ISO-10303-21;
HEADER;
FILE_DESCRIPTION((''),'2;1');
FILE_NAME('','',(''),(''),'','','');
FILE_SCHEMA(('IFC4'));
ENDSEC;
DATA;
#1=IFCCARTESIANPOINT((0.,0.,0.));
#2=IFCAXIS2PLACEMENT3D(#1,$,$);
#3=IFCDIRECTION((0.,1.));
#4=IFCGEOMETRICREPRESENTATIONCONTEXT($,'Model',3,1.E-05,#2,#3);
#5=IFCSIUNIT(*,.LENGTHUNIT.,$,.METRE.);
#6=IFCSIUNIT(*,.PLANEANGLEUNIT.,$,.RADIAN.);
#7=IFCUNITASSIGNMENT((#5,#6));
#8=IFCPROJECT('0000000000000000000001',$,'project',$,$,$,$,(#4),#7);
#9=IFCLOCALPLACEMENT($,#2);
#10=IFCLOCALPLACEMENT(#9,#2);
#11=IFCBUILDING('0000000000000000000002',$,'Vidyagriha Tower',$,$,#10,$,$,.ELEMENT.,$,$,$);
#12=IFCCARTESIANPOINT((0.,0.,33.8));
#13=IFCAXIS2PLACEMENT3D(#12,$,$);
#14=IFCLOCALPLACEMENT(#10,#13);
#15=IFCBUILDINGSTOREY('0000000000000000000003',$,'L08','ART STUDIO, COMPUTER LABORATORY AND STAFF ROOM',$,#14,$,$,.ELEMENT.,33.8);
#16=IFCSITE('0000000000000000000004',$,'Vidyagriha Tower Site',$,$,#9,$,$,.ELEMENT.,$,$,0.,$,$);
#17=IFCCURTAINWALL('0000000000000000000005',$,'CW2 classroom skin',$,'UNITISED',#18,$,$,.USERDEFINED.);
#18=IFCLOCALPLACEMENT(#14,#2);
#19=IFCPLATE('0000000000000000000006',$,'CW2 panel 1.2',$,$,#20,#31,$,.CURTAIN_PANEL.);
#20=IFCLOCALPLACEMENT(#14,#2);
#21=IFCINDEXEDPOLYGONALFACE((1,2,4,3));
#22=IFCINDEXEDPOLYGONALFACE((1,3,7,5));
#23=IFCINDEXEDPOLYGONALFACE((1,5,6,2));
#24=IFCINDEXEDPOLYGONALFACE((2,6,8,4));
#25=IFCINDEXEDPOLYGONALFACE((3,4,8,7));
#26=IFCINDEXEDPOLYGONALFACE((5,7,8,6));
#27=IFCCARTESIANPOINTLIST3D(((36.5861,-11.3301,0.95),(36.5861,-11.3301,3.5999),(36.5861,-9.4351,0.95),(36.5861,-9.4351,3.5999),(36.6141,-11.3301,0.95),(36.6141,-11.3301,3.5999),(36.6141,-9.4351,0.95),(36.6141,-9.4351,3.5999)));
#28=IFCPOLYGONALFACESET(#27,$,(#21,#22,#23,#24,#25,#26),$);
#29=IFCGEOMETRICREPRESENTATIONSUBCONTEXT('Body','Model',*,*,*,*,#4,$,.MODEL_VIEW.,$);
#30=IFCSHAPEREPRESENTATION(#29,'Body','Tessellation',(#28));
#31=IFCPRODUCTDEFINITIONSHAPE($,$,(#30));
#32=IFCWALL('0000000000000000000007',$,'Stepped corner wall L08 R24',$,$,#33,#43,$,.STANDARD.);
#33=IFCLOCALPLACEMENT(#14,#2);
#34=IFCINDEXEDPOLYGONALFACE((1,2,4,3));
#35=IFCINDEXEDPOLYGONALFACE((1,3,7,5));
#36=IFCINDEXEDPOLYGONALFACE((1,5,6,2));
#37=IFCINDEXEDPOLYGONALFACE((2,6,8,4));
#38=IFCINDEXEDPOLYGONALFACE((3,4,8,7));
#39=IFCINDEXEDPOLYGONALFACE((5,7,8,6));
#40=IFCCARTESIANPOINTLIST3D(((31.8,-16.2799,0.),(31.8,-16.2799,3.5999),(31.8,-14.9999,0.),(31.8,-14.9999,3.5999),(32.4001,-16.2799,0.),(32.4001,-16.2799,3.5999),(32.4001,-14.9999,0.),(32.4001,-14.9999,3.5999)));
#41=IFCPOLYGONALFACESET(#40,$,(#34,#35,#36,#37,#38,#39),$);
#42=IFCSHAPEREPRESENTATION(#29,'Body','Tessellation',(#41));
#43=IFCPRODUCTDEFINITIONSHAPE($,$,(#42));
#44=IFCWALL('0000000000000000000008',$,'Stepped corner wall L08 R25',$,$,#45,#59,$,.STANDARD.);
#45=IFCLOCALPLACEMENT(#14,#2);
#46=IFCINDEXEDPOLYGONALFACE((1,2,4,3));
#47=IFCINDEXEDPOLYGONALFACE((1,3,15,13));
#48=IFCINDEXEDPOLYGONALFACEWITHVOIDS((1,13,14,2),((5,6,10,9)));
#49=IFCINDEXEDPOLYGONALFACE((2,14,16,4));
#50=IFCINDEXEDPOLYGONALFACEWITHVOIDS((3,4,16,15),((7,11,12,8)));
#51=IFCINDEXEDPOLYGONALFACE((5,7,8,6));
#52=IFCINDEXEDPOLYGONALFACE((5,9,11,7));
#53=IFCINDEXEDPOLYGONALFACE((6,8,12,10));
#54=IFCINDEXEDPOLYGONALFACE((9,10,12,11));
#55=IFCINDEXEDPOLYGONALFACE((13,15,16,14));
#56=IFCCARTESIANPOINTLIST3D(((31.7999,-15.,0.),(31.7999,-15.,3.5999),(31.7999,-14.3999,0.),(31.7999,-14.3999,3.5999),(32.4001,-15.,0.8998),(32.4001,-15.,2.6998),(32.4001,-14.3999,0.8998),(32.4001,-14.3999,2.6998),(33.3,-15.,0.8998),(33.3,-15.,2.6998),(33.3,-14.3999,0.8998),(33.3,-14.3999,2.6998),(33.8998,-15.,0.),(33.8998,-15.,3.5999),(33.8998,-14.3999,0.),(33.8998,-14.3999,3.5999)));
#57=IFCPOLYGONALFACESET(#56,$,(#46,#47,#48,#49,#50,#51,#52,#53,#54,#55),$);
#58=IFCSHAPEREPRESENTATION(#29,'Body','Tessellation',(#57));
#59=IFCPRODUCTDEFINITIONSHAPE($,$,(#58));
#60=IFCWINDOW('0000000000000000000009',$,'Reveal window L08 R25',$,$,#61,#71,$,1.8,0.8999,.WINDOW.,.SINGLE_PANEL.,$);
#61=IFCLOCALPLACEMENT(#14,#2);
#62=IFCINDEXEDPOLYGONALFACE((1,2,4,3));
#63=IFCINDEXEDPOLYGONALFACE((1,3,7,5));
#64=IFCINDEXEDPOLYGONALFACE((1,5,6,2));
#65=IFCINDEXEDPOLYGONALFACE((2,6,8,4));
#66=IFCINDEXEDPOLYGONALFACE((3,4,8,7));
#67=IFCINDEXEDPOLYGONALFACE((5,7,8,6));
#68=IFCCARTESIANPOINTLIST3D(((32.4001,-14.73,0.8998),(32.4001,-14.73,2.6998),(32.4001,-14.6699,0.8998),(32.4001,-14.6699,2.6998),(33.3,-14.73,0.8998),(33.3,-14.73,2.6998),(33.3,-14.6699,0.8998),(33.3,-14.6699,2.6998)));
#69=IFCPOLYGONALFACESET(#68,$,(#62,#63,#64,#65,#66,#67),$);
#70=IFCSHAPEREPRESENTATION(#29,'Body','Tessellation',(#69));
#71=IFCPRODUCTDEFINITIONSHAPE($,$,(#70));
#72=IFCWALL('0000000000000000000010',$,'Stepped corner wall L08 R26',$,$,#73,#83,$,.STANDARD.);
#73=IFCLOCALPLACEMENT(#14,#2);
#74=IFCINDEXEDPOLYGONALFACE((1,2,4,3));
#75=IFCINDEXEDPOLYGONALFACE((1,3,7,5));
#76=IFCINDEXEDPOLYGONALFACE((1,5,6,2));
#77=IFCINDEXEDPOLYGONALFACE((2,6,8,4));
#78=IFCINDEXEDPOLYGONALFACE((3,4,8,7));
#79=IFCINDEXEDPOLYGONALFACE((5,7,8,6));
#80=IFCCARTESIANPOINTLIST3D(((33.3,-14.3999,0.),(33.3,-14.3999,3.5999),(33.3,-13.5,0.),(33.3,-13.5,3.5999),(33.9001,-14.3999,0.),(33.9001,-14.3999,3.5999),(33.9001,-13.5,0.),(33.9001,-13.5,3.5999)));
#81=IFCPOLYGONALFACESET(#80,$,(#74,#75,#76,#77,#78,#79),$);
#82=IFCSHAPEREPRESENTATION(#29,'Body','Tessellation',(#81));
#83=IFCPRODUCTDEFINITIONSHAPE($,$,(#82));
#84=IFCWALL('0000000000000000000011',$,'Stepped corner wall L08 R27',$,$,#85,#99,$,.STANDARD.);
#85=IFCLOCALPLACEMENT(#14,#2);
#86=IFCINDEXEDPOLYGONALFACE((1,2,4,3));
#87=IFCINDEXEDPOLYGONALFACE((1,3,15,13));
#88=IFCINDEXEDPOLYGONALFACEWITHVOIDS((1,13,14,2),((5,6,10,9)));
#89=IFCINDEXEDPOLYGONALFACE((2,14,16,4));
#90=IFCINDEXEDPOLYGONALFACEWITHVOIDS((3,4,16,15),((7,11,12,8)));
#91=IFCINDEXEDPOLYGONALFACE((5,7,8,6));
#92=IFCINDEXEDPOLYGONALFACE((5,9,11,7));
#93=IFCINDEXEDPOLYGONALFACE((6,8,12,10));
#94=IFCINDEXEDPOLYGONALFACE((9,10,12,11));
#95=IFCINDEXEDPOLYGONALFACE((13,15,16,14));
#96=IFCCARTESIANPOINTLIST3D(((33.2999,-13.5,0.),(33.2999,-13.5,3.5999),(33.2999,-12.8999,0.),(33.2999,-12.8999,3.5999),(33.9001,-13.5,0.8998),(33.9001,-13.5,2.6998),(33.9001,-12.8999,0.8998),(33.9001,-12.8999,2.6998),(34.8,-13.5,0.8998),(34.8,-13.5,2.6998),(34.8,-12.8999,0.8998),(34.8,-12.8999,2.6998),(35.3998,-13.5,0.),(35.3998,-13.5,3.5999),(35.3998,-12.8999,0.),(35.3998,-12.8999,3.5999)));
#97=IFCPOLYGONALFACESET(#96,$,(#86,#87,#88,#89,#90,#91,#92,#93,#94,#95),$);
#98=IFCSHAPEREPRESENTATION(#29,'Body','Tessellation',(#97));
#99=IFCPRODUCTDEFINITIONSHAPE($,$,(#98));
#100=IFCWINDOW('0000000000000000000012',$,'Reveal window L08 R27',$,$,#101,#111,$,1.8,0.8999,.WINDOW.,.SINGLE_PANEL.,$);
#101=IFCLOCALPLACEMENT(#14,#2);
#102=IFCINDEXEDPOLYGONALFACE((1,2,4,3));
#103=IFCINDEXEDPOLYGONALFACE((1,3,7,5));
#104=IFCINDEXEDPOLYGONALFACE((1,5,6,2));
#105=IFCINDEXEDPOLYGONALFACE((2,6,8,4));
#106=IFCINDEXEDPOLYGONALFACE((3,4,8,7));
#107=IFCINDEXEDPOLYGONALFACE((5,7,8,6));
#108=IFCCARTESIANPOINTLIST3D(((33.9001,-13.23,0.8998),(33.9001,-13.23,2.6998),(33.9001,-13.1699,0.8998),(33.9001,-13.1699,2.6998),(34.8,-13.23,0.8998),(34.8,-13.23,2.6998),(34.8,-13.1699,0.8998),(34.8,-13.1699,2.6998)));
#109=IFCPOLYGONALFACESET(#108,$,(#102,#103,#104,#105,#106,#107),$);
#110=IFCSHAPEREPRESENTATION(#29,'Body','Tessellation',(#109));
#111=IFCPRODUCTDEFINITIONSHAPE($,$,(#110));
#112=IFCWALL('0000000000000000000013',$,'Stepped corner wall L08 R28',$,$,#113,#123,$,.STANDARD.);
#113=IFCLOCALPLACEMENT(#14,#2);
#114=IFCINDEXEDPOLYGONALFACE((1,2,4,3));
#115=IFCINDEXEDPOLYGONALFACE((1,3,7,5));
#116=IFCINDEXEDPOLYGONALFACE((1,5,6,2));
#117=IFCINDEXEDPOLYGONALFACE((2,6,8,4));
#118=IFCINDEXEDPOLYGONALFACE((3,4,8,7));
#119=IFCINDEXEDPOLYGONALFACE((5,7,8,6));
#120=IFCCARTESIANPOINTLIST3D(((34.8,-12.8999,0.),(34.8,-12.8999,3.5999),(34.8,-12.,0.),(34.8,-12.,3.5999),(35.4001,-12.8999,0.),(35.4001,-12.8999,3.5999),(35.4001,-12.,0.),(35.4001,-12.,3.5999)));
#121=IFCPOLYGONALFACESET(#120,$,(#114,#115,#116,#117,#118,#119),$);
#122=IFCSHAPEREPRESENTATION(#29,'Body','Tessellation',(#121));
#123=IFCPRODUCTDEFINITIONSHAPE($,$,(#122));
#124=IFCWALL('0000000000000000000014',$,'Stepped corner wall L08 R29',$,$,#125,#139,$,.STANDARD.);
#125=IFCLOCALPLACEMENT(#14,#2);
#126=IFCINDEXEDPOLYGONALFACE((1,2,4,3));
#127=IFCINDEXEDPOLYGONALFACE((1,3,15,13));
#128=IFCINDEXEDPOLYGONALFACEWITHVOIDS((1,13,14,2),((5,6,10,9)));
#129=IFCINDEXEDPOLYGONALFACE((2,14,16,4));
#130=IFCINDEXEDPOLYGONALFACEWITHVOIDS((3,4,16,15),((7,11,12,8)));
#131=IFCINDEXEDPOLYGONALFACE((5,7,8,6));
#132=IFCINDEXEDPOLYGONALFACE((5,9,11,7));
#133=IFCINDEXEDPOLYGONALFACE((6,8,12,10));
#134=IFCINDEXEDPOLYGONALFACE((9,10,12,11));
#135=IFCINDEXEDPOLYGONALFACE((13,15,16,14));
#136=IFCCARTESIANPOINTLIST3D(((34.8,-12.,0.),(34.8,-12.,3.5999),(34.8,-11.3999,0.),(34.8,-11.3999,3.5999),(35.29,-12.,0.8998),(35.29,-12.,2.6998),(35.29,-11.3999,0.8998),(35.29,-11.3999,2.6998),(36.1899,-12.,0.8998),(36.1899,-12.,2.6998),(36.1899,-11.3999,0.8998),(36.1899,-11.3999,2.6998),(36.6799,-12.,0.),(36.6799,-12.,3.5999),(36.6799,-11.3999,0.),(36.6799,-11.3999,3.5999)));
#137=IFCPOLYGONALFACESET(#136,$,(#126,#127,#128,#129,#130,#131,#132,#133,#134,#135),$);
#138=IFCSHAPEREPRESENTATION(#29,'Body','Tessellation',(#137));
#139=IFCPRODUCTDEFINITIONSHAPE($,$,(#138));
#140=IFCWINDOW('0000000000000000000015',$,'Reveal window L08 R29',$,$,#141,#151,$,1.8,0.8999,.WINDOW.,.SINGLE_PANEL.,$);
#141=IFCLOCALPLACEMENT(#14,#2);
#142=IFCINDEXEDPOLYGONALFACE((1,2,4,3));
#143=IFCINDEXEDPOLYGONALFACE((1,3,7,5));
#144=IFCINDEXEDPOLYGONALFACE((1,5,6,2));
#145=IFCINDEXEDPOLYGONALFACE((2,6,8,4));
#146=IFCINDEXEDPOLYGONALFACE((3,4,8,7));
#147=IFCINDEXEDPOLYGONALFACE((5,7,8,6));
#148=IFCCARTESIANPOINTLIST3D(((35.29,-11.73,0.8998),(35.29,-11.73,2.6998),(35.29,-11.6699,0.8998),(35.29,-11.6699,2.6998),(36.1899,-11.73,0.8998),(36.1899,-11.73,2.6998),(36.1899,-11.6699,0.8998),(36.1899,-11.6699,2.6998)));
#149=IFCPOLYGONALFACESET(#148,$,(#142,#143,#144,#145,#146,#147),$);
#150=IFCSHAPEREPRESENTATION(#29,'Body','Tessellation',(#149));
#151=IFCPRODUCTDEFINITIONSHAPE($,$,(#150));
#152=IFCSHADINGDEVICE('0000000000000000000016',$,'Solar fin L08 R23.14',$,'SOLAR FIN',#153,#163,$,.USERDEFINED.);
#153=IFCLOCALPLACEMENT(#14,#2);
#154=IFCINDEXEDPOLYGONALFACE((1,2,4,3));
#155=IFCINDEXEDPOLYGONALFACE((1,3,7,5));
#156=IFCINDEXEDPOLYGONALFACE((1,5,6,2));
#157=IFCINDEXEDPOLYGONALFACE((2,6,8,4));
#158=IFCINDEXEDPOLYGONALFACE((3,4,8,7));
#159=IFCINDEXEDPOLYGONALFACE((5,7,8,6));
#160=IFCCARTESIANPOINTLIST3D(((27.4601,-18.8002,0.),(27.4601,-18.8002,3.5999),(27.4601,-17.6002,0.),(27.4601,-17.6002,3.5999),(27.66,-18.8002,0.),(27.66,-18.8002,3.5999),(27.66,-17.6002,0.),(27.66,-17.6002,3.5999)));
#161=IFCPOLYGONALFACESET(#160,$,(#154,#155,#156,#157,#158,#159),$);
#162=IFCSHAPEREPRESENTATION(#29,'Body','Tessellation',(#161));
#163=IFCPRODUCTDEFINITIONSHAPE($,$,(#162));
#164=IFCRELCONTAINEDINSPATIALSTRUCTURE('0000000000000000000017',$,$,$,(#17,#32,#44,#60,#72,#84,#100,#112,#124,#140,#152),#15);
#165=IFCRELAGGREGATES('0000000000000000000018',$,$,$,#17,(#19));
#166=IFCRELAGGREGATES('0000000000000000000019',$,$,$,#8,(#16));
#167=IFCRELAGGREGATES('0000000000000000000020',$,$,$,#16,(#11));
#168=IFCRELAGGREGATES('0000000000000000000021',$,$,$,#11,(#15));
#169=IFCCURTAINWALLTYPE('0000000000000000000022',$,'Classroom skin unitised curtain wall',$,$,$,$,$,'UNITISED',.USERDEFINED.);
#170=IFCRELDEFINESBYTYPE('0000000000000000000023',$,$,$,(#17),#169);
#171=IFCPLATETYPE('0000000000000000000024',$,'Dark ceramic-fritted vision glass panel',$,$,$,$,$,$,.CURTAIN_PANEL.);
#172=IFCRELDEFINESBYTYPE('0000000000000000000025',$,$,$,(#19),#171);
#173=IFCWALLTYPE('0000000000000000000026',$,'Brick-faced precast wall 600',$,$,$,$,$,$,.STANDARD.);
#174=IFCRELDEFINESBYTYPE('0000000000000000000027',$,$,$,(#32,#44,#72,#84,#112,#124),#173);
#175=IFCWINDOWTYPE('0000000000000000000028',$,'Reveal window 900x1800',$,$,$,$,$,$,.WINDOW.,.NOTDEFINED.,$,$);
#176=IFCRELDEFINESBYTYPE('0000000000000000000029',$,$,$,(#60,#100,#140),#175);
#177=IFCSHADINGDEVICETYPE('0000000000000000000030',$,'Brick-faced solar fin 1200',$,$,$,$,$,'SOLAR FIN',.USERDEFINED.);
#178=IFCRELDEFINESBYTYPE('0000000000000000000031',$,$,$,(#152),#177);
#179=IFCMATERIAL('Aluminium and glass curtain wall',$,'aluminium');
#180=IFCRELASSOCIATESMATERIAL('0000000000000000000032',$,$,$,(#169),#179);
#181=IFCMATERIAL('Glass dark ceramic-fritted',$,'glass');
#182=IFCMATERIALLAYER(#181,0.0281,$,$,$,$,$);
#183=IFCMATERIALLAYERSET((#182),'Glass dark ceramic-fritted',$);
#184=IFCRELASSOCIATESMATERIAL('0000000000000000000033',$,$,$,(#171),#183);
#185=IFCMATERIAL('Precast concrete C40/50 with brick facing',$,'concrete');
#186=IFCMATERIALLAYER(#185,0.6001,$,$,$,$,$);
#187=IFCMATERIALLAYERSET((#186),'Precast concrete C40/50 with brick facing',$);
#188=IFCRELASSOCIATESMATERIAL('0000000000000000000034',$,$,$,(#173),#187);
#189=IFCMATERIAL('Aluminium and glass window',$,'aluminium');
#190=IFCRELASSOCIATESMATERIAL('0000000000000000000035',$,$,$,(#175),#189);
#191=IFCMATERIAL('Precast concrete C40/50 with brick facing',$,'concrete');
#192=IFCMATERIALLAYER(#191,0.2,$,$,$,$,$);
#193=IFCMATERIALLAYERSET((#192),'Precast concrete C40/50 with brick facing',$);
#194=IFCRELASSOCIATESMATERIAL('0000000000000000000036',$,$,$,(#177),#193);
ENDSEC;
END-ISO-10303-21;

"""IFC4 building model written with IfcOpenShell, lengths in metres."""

from ifc_helpers import new_model, si_unit, direction, frame, frame_2d, origin, origin_2d, place, context, subcontext, project, spatial, rectangle, extrude, material, layer, layer_set, type_object, element, fill, aggregate, save


model = new_model("IFC4")

# Units and contexts
model_context = context("Model", 3, precision=1e-05, world=origin(), true_north=direction((0.0, 1.0)))
body_context = subcontext(model_context, "Body", "Model", "MODEL_VIEW")
ifc_project = project(units=[si_unit("LENGTHUNIT", "METRE"), si_unit("PLANEANGLEUNIT", "RADIAN")], contexts=[model_context])

# Site, building, storey
site_placement = place(None, origin())
site = spatial("IfcSite", under=ifc_project, at=site_placement, Name="Vidyagriha Tower Site", CompositionType="ELEMENT", RefElevation=0.0)
building_placement = place(site_placement, origin())
building = spatial("IfcBuilding", under=site, at=building_placement, Name="Vidyagriha Tower", CompositionType="ELEMENT")
storey_placement = place(building_placement, frame((0.0, 0.0, 33.8)))
storey = spatial("IfcBuildingStorey", under=building, at=storey_placement, Name="L08", Description="ART STUDIO, COMPUTER LABORATORY AND STAFF ROOM", CompositionType="ELEMENT", Elevation=33.8)

# Curtain wall
ifc_material_1 = material(Name="Aluminium and glass curtain wall", Category="aluminium")
curtain_wall_type = type_object("IfcCurtainWallType", Name="Classroom skin unitised curtain wall", ElementType="UNITISED", PredefinedType="USERDEFINED", material=ifc_material_1)
curtain_wall_1_placement = place(storey_placement, origin())
curtain_wall_1 = element("IfcCurtainWall", 1, at=curtain_wall_1_placement, inside=storey, type_object=curtain_wall_type, Name="CW2 classroom skin", ObjectType="UNITISED", PredefinedType="USERDEFINED")

# Plate
ifc_material_2 = material(Name="Glass dark ceramic-fritted", Category="glass")
ifc_layer_1 = layer(ifc_material_2, 0.0281)
ifc_layer_set_1 = layer_set([ifc_layer_1], Name="Glass dark ceramic-fritted")
plate_type_1 = type_object("IfcPlateType", Name="Dark ceramic-fritted vision glass panel", PredefinedType="CURTAIN_PANEL", material=ifc_layer_set_1)
plate_1_placement = place(storey_placement, frame((36.6001, -10.3826, 0.95), z_axis=(0.0, 0.0, 1.0), x_axis=(0.0, 1.0, 0.0)))
plate_1 = element("IfcPlate", 2, at=plate_1_placement, type_object=plate_type_1, Name="CW2 panel 1.2", PredefinedType="CURTAIN_PANEL", context=body_context, shape_type="SweptSolid", body=[
    extrude(rectangle(XDim=1.895, YDim=0.0281, at=origin_2d()), origin(), (0.0, 0.0, 1.0), 2.6499),
])
aggregate(curtain_wall_1, [plate_1])

# Wall
ifc_material_3 = material(Name="Precast concrete C40/50 with brick facing", Category="concrete")
ifc_layer_2 = layer(ifc_material_3, 0.6001)
ifc_layer_set_2 = layer_set([ifc_layer_2], Name="Precast concrete C40/50 with brick facing")
wall_type = type_object("IfcWallType", Name="Brick-faced precast wall 600", PredefinedType="STANDARD", material=ifc_layer_set_2)
wall_1_placement = place(storey_placement, frame((32.1001, -16.28, 0.0), z_axis=(0.0, 0.0, 1.0), x_axis=(0.0, 1.0, 0.0)))
element("IfcWall", 3, at=wall_1_placement, inside=storey, type_object=wall_type, Name="Stepped corner wall L08 R24", PredefinedType="STANDARD", context=body_context, shape_type="SweptSolid", body=[
    extrude(rectangle(XDim=1.28, YDim=0.6001, at=frame_2d((0.6401, 0.0))), origin(), (0.0, 0.0, 1.0), 3.5999),
])

# Wall, opening, window
wall_2_placement = place(storey_placement, frame((31.8, -14.7, 0.0)))
wall_2 = element("IfcWall", 4, at=wall_2_placement, inside=storey, type_object=wall_type, Name="Stepped corner wall L08 R25", PredefinedType="STANDARD", context=body_context, shape_type="SweptSolid", body=[
    extrude(rectangle(XDim=2.0999, YDim=0.6001, at=frame_2d((1.0498, 0.0))), origin(), (0.0, 0.0, 1.0), 3.5999),
])
opening_1_placement = place(wall_2_placement, frame((0.6001, 0.0, 0.8999)))
opening_1 = element("IfcOpeningElement", 5, at=opening_1_placement, cuts=wall_2, PredefinedType="OPENING", context=body_context, shape_type="SweptSolid", body=[
    extrude(rectangle(XDim=0.8999, YDim=1.8, at=frame_2d((0.45, 0.8999))), frame((0.0, 0.3101, 0.0), z_axis=(0.0, -1.0, 0.0), x_axis=(1.0, 0.0, 0.0)), (0.0, 0.0, 1.0), 0.6201),
])
ifc_material_4 = material(Name="Aluminium and glass window", Category="aluminium")
window_type = type_object("IfcWindowType", Name="Reveal window 900x1800", PartitioningType="NOTDEFINED", PredefinedType="WINDOW", material=ifc_material_4)
window_1_placement = place(opening_1_placement, origin())
window_1 = element("IfcWindow", 6, at=window_1_placement, inside=storey, type_object=window_type, Name="Reveal window L08 R25", OverallHeight=1.8, OverallWidth=0.8999, PartitioningType="SINGLE_PANEL", PredefinedType="WINDOW", context=body_context, shape_type="SweptSolid", body=[
    extrude(rectangle(XDim=0.8999, YDim=1.8, at=frame_2d((0.45, 0.8999))), frame((0.0, 0.03, 0.0), z_axis=(0.0, -1.0, 0.0), x_axis=(1.0, 0.0, 0.0)), (0.0, 0.0, 1.0), 0.0601),
])
fill(opening_1, window_1)

# Wall
wall_3_placement = place(storey_placement, frame((33.6001, -14.3999, 0.0), z_axis=(0.0, 0.0, 1.0), x_axis=(0.0, 1.0, 0.0)))
element("IfcWall", 7, at=wall_3_placement, inside=storey, type_object=wall_type, Name="Stepped corner wall L08 R26", PredefinedType="STANDARD", context=body_context, shape_type="SweptSolid", body=[
    extrude(rectangle(XDim=0.8999, YDim=0.6001, at=frame_2d((0.45, 0.0))), origin(), (0.0, 0.0, 1.0), 3.5999),
])

# Wall, opening, window
wall_4_placement = place(storey_placement, frame((33.3, -13.2, 0.0)))
wall_4 = element("IfcWall", 8, at=wall_4_placement, inside=storey, type_object=wall_type, Name="Stepped corner wall L08 R27", PredefinedType="STANDARD", context=body_context, shape_type="SweptSolid", body=[
    extrude(rectangle(XDim=2.0999, YDim=0.6001, at=frame_2d((1.0498, 0.0))), origin(), (0.0, 0.0, 1.0), 3.5999),
])
opening_2_placement = place(wall_4_placement, frame((0.6001, 0.0, 0.8999)))
opening_2 = element("IfcOpeningElement", 9, at=opening_2_placement, cuts=wall_4, PredefinedType="OPENING", context=body_context, shape_type="SweptSolid", body=[
    extrude(rectangle(XDim=0.8999, YDim=1.8, at=frame_2d((0.45, 0.8999))), frame((0.0, 0.3101, 0.0), z_axis=(0.0, -1.0, 0.0), x_axis=(1.0, 0.0, 0.0)), (0.0, 0.0, 1.0), 0.6201),
])
window_2_placement = place(opening_2_placement, origin())
window_2 = element("IfcWindow", 10, at=window_2_placement, inside=storey, type_object=window_type, Name="Reveal window L08 R27", OverallHeight=1.8, OverallWidth=0.8999, PartitioningType="SINGLE_PANEL", PredefinedType="WINDOW", context=body_context, shape_type="SweptSolid", body=[
    extrude(rectangle(XDim=0.8999, YDim=1.8, at=frame_2d((0.45, 0.8999))), frame((0.0, 0.03, 0.0), z_axis=(0.0, -1.0, 0.0), x_axis=(1.0, 0.0, 0.0)), (0.0, 0.0, 1.0), 0.0601),
])
fill(opening_2, window_2)

# Wall
wall_5_placement = place(storey_placement, frame((35.1001, -12.8999, 0.0), z_axis=(0.0, 0.0, 1.0), x_axis=(0.0, 1.0, 0.0)))
element("IfcWall", 11, at=wall_5_placement, inside=storey, type_object=wall_type, Name="Stepped corner wall L08 R28", PredefinedType="STANDARD", context=body_context, shape_type="SweptSolid", body=[
    extrude(rectangle(XDim=0.8999, YDim=0.6001, at=frame_2d((0.45, 0.0))), origin(), (0.0, 0.0, 1.0), 3.5999),
])

# Wall, opening, window
wall_6_placement = place(storey_placement, frame((34.8, -11.7, 0.0)))
wall_6 = element("IfcWall", 12, at=wall_6_placement, inside=storey, type_object=wall_type, Name="Stepped corner wall L08 R29", PredefinedType="STANDARD", context=body_context, shape_type="SweptSolid", body=[
    extrude(rectangle(XDim=1.8799, YDim=0.6001, at=frame_2d((0.9399, 0.0))), origin(), (0.0, 0.0, 1.0), 3.5999),
])
opening_3_placement = place(wall_6_placement, frame((0.49, 0.0, 0.8999)))
opening_3 = element("IfcOpeningElement", 13, at=opening_3_placement, cuts=wall_6, PredefinedType="OPENING", context=body_context, shape_type="SweptSolid", body=[
    extrude(rectangle(XDim=0.8999, YDim=1.8, at=frame_2d((0.45, 0.8999))), frame((0.0, 0.3101, 0.0), z_axis=(0.0, -1.0, 0.0), x_axis=(1.0, 0.0, 0.0)), (0.0, 0.0, 1.0), 0.6201),
])
window_3_placement = place(opening_3_placement, origin())
window_3 = element("IfcWindow", 14, at=window_3_placement, inside=storey, type_object=window_type, Name="Reveal window L08 R29", OverallHeight=1.8, OverallWidth=0.8999, PartitioningType="SINGLE_PANEL", PredefinedType="WINDOW", context=body_context, shape_type="SweptSolid", body=[
    extrude(rectangle(XDim=0.8999, YDim=1.8, at=frame_2d((0.45, 0.8999))), frame((0.0, 0.03, 0.0), z_axis=(0.0, -1.0, 0.0), x_axis=(1.0, 0.0, 0.0)), (0.0, 0.0, 1.0), 0.0601),
])
fill(opening_3, window_3)

# Shading device
ifc_material_5 = material(Name="Precast concrete C40/50 with brick facing", Category="concrete")
ifc_layer_3 = layer(ifc_material_5, 0.2)
ifc_layer_set_3 = layer_set([ifc_layer_3], Name="Precast concrete C40/50 with brick facing")
shading_device_type = type_object("IfcShadingDeviceType", Name="Brick-faced solar fin 1200", ElementType="SOLAR FIN", PredefinedType="USERDEFINED", material=ifc_layer_set_3)
shading_device_placement = place(storey_placement, frame((27.5601, -17.6001, 0.0), z_axis=(0.0, 0.0, 1.0), x_axis=(0.0, -1.0, 0.0)))
element("IfcShadingDevice", 15, at=shading_device_placement, inside=storey, type_object=shading_device_type, Name="Solar fin L08 R23.14", ObjectType="SOLAR FIN", PredefinedType="USERDEFINED", context=body_context, shape_type="SweptSolid", body=[
    extrude(rectangle(XDim=1.2, YDim=0.2, at=frame_2d((0.6001, 0.0))), origin(), (0.0, 0.0, 1.0), 3.5999),
])

save(model, "model.ifc")
